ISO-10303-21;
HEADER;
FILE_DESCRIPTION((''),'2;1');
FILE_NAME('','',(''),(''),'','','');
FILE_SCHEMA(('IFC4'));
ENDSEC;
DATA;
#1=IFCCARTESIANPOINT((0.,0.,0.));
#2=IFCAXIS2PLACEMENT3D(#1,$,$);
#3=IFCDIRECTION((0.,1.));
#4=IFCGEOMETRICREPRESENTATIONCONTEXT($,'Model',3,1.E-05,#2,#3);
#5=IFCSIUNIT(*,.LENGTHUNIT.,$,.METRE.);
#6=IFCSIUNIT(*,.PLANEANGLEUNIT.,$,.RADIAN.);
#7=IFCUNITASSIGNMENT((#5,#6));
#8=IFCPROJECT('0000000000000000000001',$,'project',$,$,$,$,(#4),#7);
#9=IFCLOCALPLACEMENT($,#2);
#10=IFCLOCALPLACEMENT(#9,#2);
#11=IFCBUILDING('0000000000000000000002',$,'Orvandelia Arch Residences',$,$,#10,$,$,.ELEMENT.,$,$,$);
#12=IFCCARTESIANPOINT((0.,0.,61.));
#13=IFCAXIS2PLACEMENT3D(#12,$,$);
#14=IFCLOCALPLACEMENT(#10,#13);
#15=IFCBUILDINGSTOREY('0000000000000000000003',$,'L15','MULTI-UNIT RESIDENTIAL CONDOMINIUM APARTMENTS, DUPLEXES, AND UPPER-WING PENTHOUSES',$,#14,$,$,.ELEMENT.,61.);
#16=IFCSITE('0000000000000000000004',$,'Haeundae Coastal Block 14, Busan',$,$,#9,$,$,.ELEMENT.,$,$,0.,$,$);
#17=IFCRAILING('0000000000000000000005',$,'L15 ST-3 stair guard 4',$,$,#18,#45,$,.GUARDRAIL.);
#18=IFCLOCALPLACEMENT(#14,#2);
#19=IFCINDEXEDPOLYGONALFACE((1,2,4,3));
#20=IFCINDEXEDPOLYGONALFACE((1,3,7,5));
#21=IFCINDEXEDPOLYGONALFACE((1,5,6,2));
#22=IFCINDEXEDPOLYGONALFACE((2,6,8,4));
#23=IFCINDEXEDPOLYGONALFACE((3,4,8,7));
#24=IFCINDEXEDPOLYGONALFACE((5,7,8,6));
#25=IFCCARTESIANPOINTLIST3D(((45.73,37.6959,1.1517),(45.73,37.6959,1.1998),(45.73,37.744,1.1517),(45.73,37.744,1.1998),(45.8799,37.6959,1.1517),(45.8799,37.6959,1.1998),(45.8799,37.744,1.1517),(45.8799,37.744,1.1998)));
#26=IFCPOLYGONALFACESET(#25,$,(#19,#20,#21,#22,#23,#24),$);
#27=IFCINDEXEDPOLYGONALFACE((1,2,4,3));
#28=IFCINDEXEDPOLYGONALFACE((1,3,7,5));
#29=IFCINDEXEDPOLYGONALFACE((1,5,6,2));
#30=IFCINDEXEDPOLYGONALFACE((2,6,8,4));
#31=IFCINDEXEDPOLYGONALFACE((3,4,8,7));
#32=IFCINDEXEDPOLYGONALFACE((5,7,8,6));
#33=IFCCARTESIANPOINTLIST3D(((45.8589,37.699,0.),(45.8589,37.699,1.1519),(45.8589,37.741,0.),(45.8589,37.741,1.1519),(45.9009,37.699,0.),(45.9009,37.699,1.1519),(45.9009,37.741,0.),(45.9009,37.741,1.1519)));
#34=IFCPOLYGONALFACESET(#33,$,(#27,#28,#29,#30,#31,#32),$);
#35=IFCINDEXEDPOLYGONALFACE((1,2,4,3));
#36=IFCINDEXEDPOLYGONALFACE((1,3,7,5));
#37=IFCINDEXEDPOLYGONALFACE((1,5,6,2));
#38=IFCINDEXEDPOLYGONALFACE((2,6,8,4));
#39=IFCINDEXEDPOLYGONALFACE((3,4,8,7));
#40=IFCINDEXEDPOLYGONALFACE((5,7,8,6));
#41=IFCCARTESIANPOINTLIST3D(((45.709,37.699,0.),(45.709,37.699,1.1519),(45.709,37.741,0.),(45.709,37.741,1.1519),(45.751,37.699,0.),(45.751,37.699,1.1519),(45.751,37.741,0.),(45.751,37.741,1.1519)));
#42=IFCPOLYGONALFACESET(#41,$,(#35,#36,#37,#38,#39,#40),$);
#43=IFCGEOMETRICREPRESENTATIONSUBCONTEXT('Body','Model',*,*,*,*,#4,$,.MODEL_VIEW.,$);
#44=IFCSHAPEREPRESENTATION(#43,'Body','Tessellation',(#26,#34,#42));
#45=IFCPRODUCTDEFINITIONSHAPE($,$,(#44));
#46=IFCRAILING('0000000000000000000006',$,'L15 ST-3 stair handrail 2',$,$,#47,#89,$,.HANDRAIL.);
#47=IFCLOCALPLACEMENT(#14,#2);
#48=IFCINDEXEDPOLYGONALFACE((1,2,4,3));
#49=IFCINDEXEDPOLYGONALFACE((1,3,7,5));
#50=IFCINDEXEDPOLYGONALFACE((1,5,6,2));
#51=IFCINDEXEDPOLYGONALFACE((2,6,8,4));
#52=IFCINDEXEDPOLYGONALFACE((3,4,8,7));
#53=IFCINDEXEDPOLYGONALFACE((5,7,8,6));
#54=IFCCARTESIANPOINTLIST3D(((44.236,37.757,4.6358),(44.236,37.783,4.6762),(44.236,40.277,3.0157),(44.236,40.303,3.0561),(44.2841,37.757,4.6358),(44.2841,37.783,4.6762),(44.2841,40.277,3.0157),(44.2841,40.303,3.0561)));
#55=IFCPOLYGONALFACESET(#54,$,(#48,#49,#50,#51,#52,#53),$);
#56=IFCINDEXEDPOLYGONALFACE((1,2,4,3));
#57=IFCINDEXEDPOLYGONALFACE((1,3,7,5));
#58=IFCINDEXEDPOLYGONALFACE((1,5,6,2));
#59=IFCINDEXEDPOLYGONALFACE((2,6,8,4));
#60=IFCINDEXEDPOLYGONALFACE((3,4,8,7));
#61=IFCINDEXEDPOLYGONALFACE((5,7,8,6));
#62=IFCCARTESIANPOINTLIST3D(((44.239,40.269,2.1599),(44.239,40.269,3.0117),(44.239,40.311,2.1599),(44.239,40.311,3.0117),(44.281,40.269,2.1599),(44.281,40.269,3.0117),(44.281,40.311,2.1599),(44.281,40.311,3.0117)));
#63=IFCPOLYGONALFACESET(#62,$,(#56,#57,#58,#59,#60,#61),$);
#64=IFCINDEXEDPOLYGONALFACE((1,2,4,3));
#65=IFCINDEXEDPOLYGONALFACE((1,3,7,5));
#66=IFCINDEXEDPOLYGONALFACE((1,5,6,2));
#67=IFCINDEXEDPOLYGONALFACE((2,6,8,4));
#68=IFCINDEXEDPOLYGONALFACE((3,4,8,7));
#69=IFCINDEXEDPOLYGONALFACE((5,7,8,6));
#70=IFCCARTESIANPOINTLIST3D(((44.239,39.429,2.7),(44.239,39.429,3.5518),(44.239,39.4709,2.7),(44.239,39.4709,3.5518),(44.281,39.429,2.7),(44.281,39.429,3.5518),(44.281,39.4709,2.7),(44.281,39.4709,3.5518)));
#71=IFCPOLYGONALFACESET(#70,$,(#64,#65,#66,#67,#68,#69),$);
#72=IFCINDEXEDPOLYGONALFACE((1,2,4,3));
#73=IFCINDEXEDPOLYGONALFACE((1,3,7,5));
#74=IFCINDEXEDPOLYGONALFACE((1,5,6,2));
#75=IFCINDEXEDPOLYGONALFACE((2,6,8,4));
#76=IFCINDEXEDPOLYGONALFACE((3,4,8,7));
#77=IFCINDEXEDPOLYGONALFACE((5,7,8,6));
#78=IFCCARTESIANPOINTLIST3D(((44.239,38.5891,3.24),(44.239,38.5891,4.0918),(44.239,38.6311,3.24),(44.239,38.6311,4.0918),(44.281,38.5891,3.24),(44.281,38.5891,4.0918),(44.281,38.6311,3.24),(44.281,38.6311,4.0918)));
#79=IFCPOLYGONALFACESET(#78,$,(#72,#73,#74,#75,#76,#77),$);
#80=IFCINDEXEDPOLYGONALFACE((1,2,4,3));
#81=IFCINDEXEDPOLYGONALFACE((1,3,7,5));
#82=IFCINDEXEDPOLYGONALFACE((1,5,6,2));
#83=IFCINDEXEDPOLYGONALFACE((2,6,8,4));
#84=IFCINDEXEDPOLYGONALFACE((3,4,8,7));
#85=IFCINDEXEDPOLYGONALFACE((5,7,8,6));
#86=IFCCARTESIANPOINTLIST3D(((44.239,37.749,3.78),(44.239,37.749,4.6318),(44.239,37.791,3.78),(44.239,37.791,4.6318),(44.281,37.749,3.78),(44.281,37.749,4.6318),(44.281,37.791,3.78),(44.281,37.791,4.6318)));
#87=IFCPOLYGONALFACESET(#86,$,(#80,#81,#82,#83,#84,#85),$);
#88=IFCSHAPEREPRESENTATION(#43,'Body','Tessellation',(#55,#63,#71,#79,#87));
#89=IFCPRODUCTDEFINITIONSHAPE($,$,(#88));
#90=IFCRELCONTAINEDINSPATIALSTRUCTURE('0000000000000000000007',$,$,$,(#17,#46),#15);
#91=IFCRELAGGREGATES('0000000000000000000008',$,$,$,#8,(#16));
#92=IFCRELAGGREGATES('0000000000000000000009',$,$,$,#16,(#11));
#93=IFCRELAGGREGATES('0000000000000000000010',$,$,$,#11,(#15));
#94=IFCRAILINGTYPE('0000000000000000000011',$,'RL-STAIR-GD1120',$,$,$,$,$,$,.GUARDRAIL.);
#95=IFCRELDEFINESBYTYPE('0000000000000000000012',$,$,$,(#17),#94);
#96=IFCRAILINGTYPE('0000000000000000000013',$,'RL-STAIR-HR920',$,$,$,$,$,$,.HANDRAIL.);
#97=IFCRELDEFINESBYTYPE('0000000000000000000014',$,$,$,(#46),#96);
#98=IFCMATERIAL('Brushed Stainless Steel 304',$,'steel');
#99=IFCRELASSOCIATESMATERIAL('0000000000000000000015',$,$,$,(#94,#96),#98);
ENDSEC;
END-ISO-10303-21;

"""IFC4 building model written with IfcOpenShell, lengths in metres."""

from ifc_helpers import new_model, si_unit, direction, frame, origin, origin_2d, place, context, subcontext, project, spatial, rectangle, extrude, material, type_object, element, save


model = new_model("IFC4")

# Units and contexts
model_context = context("Model", 3, precision=1e-05, world=origin(), true_north=direction((0.0, 1.0)))
body_context = subcontext(model_context, "Body", "Model", "MODEL_VIEW")
ifc_project = project(units=[si_unit("LENGTHUNIT", "METRE"), si_unit("PLANEANGLEUNIT", "RADIAN")], contexts=[model_context])

# Site, building, storey
site_placement = place(None, origin())
site = spatial("IfcSite", under=ifc_project, at=site_placement, Name="Haeundae Coastal Block 14, Busan", CompositionType="ELEMENT", RefElevation=0.0)
building_placement = place(site_placement, origin())
building = spatial("IfcBuilding", under=site, at=building_placement, Name="Orvandelia Arch Residences", CompositionType="ELEMENT")
storey_placement = place(building_placement, frame((0.0, 0.0, 61.0)))
storey = spatial("IfcBuildingStorey", under=building, at=storey_placement, Name="L15", Description="MULTI-UNIT RESIDENTIAL CONDOMINIUM APARTMENTS, DUPLEXES, AND UPPER-WING PENTHOUSES", CompositionType="ELEMENT", Elevation=61.0)

# Railings
ifc_material_1 = material(Name="Brushed Stainless Steel 304", Category="steel")
railing_type_1 = type_object("IfcRailingType", Name="RL-STAIR-GD1120", PredefinedType="GUARDRAIL", material=ifc_material_1)
railing_1_placement = place(storey_placement, frame((45.8799, 37.72, 0.0)))
element("IfcRailing", 1, at=railing_1_placement, inside=storey, type_object=railing_type_1, Name="L15 ST-3 stair guard 4", PredefinedType="GUARDRAIL", context=body_context, shape_type="SweptSolid", body=[
    extrude(rectangle(XDim=0.0481, YDim=0.0481, at=origin_2d()), frame((0.0, 0.0, 1.1758), z_axis=(-1.0, 0.0, 0.0), x_axis=(0.0, -1.0, 0.0)), (0.0, 0.0, 1.0), 0.1499),
    extrude(rectangle(XDim=0.042, YDim=0.042, at=origin_2d()), origin(), (0.0, 0.0, 1.0), 1.1519),
    extrude(rectangle(XDim=0.042, YDim=0.042, at=origin_2d()), frame((-0.1499, 0.0, 0.0)), (0.0, 0.0, 1.0), 1.1519),
])
railing_type_2 = type_object("IfcRailingType", Name="RL-STAIR-HR920", PredefinedType="HANDRAIL", material=ifc_material_1)
railing_2_placement = place(storey_placement, frame((44.26, 40.29, 2.1599)))
element("IfcRailing", 2, at=railing_2_placement, inside=storey, type_object=railing_type_2, Name="L15 ST-3 stair handrail 2", PredefinedType="HANDRAIL", context=body_context, shape_type="SweptSolid", body=[
    extrude(rectangle(XDim=0.0481, YDim=0.0481, at=origin_2d()), frame((0.0, 0.0, 0.876), z_axis=(0.0, -0.841163, 0.540782), x_axis=(1.0, 0.0, 0.0)), (0.0, 0.0, 1.0), 2.9958),
    extrude(rectangle(XDim=0.042, YDim=0.042, at=origin_2d()), origin(), (0.0, 0.0, 1.0), 0.8518),
    extrude(rectangle(XDim=0.042, YDim=0.042, at=origin_2d()), frame((0.0, -0.8401, 0.54)), (0.0, 0.0, 1.0), 0.8518),
    extrude(rectangle(XDim=0.042, YDim=0.042, at=origin_2d()), frame((0.0, -1.6799, 1.0801)), (0.0, 0.0, 1.0), 0.8518),
    extrude(rectangle(XDim=0.042, YDim=0.042, at=origin_2d()), frame((0.0, -2.52, 1.6201)), (0.0, 0.0, 1.0), 0.8518),
])

save(model, "model.ifc")
